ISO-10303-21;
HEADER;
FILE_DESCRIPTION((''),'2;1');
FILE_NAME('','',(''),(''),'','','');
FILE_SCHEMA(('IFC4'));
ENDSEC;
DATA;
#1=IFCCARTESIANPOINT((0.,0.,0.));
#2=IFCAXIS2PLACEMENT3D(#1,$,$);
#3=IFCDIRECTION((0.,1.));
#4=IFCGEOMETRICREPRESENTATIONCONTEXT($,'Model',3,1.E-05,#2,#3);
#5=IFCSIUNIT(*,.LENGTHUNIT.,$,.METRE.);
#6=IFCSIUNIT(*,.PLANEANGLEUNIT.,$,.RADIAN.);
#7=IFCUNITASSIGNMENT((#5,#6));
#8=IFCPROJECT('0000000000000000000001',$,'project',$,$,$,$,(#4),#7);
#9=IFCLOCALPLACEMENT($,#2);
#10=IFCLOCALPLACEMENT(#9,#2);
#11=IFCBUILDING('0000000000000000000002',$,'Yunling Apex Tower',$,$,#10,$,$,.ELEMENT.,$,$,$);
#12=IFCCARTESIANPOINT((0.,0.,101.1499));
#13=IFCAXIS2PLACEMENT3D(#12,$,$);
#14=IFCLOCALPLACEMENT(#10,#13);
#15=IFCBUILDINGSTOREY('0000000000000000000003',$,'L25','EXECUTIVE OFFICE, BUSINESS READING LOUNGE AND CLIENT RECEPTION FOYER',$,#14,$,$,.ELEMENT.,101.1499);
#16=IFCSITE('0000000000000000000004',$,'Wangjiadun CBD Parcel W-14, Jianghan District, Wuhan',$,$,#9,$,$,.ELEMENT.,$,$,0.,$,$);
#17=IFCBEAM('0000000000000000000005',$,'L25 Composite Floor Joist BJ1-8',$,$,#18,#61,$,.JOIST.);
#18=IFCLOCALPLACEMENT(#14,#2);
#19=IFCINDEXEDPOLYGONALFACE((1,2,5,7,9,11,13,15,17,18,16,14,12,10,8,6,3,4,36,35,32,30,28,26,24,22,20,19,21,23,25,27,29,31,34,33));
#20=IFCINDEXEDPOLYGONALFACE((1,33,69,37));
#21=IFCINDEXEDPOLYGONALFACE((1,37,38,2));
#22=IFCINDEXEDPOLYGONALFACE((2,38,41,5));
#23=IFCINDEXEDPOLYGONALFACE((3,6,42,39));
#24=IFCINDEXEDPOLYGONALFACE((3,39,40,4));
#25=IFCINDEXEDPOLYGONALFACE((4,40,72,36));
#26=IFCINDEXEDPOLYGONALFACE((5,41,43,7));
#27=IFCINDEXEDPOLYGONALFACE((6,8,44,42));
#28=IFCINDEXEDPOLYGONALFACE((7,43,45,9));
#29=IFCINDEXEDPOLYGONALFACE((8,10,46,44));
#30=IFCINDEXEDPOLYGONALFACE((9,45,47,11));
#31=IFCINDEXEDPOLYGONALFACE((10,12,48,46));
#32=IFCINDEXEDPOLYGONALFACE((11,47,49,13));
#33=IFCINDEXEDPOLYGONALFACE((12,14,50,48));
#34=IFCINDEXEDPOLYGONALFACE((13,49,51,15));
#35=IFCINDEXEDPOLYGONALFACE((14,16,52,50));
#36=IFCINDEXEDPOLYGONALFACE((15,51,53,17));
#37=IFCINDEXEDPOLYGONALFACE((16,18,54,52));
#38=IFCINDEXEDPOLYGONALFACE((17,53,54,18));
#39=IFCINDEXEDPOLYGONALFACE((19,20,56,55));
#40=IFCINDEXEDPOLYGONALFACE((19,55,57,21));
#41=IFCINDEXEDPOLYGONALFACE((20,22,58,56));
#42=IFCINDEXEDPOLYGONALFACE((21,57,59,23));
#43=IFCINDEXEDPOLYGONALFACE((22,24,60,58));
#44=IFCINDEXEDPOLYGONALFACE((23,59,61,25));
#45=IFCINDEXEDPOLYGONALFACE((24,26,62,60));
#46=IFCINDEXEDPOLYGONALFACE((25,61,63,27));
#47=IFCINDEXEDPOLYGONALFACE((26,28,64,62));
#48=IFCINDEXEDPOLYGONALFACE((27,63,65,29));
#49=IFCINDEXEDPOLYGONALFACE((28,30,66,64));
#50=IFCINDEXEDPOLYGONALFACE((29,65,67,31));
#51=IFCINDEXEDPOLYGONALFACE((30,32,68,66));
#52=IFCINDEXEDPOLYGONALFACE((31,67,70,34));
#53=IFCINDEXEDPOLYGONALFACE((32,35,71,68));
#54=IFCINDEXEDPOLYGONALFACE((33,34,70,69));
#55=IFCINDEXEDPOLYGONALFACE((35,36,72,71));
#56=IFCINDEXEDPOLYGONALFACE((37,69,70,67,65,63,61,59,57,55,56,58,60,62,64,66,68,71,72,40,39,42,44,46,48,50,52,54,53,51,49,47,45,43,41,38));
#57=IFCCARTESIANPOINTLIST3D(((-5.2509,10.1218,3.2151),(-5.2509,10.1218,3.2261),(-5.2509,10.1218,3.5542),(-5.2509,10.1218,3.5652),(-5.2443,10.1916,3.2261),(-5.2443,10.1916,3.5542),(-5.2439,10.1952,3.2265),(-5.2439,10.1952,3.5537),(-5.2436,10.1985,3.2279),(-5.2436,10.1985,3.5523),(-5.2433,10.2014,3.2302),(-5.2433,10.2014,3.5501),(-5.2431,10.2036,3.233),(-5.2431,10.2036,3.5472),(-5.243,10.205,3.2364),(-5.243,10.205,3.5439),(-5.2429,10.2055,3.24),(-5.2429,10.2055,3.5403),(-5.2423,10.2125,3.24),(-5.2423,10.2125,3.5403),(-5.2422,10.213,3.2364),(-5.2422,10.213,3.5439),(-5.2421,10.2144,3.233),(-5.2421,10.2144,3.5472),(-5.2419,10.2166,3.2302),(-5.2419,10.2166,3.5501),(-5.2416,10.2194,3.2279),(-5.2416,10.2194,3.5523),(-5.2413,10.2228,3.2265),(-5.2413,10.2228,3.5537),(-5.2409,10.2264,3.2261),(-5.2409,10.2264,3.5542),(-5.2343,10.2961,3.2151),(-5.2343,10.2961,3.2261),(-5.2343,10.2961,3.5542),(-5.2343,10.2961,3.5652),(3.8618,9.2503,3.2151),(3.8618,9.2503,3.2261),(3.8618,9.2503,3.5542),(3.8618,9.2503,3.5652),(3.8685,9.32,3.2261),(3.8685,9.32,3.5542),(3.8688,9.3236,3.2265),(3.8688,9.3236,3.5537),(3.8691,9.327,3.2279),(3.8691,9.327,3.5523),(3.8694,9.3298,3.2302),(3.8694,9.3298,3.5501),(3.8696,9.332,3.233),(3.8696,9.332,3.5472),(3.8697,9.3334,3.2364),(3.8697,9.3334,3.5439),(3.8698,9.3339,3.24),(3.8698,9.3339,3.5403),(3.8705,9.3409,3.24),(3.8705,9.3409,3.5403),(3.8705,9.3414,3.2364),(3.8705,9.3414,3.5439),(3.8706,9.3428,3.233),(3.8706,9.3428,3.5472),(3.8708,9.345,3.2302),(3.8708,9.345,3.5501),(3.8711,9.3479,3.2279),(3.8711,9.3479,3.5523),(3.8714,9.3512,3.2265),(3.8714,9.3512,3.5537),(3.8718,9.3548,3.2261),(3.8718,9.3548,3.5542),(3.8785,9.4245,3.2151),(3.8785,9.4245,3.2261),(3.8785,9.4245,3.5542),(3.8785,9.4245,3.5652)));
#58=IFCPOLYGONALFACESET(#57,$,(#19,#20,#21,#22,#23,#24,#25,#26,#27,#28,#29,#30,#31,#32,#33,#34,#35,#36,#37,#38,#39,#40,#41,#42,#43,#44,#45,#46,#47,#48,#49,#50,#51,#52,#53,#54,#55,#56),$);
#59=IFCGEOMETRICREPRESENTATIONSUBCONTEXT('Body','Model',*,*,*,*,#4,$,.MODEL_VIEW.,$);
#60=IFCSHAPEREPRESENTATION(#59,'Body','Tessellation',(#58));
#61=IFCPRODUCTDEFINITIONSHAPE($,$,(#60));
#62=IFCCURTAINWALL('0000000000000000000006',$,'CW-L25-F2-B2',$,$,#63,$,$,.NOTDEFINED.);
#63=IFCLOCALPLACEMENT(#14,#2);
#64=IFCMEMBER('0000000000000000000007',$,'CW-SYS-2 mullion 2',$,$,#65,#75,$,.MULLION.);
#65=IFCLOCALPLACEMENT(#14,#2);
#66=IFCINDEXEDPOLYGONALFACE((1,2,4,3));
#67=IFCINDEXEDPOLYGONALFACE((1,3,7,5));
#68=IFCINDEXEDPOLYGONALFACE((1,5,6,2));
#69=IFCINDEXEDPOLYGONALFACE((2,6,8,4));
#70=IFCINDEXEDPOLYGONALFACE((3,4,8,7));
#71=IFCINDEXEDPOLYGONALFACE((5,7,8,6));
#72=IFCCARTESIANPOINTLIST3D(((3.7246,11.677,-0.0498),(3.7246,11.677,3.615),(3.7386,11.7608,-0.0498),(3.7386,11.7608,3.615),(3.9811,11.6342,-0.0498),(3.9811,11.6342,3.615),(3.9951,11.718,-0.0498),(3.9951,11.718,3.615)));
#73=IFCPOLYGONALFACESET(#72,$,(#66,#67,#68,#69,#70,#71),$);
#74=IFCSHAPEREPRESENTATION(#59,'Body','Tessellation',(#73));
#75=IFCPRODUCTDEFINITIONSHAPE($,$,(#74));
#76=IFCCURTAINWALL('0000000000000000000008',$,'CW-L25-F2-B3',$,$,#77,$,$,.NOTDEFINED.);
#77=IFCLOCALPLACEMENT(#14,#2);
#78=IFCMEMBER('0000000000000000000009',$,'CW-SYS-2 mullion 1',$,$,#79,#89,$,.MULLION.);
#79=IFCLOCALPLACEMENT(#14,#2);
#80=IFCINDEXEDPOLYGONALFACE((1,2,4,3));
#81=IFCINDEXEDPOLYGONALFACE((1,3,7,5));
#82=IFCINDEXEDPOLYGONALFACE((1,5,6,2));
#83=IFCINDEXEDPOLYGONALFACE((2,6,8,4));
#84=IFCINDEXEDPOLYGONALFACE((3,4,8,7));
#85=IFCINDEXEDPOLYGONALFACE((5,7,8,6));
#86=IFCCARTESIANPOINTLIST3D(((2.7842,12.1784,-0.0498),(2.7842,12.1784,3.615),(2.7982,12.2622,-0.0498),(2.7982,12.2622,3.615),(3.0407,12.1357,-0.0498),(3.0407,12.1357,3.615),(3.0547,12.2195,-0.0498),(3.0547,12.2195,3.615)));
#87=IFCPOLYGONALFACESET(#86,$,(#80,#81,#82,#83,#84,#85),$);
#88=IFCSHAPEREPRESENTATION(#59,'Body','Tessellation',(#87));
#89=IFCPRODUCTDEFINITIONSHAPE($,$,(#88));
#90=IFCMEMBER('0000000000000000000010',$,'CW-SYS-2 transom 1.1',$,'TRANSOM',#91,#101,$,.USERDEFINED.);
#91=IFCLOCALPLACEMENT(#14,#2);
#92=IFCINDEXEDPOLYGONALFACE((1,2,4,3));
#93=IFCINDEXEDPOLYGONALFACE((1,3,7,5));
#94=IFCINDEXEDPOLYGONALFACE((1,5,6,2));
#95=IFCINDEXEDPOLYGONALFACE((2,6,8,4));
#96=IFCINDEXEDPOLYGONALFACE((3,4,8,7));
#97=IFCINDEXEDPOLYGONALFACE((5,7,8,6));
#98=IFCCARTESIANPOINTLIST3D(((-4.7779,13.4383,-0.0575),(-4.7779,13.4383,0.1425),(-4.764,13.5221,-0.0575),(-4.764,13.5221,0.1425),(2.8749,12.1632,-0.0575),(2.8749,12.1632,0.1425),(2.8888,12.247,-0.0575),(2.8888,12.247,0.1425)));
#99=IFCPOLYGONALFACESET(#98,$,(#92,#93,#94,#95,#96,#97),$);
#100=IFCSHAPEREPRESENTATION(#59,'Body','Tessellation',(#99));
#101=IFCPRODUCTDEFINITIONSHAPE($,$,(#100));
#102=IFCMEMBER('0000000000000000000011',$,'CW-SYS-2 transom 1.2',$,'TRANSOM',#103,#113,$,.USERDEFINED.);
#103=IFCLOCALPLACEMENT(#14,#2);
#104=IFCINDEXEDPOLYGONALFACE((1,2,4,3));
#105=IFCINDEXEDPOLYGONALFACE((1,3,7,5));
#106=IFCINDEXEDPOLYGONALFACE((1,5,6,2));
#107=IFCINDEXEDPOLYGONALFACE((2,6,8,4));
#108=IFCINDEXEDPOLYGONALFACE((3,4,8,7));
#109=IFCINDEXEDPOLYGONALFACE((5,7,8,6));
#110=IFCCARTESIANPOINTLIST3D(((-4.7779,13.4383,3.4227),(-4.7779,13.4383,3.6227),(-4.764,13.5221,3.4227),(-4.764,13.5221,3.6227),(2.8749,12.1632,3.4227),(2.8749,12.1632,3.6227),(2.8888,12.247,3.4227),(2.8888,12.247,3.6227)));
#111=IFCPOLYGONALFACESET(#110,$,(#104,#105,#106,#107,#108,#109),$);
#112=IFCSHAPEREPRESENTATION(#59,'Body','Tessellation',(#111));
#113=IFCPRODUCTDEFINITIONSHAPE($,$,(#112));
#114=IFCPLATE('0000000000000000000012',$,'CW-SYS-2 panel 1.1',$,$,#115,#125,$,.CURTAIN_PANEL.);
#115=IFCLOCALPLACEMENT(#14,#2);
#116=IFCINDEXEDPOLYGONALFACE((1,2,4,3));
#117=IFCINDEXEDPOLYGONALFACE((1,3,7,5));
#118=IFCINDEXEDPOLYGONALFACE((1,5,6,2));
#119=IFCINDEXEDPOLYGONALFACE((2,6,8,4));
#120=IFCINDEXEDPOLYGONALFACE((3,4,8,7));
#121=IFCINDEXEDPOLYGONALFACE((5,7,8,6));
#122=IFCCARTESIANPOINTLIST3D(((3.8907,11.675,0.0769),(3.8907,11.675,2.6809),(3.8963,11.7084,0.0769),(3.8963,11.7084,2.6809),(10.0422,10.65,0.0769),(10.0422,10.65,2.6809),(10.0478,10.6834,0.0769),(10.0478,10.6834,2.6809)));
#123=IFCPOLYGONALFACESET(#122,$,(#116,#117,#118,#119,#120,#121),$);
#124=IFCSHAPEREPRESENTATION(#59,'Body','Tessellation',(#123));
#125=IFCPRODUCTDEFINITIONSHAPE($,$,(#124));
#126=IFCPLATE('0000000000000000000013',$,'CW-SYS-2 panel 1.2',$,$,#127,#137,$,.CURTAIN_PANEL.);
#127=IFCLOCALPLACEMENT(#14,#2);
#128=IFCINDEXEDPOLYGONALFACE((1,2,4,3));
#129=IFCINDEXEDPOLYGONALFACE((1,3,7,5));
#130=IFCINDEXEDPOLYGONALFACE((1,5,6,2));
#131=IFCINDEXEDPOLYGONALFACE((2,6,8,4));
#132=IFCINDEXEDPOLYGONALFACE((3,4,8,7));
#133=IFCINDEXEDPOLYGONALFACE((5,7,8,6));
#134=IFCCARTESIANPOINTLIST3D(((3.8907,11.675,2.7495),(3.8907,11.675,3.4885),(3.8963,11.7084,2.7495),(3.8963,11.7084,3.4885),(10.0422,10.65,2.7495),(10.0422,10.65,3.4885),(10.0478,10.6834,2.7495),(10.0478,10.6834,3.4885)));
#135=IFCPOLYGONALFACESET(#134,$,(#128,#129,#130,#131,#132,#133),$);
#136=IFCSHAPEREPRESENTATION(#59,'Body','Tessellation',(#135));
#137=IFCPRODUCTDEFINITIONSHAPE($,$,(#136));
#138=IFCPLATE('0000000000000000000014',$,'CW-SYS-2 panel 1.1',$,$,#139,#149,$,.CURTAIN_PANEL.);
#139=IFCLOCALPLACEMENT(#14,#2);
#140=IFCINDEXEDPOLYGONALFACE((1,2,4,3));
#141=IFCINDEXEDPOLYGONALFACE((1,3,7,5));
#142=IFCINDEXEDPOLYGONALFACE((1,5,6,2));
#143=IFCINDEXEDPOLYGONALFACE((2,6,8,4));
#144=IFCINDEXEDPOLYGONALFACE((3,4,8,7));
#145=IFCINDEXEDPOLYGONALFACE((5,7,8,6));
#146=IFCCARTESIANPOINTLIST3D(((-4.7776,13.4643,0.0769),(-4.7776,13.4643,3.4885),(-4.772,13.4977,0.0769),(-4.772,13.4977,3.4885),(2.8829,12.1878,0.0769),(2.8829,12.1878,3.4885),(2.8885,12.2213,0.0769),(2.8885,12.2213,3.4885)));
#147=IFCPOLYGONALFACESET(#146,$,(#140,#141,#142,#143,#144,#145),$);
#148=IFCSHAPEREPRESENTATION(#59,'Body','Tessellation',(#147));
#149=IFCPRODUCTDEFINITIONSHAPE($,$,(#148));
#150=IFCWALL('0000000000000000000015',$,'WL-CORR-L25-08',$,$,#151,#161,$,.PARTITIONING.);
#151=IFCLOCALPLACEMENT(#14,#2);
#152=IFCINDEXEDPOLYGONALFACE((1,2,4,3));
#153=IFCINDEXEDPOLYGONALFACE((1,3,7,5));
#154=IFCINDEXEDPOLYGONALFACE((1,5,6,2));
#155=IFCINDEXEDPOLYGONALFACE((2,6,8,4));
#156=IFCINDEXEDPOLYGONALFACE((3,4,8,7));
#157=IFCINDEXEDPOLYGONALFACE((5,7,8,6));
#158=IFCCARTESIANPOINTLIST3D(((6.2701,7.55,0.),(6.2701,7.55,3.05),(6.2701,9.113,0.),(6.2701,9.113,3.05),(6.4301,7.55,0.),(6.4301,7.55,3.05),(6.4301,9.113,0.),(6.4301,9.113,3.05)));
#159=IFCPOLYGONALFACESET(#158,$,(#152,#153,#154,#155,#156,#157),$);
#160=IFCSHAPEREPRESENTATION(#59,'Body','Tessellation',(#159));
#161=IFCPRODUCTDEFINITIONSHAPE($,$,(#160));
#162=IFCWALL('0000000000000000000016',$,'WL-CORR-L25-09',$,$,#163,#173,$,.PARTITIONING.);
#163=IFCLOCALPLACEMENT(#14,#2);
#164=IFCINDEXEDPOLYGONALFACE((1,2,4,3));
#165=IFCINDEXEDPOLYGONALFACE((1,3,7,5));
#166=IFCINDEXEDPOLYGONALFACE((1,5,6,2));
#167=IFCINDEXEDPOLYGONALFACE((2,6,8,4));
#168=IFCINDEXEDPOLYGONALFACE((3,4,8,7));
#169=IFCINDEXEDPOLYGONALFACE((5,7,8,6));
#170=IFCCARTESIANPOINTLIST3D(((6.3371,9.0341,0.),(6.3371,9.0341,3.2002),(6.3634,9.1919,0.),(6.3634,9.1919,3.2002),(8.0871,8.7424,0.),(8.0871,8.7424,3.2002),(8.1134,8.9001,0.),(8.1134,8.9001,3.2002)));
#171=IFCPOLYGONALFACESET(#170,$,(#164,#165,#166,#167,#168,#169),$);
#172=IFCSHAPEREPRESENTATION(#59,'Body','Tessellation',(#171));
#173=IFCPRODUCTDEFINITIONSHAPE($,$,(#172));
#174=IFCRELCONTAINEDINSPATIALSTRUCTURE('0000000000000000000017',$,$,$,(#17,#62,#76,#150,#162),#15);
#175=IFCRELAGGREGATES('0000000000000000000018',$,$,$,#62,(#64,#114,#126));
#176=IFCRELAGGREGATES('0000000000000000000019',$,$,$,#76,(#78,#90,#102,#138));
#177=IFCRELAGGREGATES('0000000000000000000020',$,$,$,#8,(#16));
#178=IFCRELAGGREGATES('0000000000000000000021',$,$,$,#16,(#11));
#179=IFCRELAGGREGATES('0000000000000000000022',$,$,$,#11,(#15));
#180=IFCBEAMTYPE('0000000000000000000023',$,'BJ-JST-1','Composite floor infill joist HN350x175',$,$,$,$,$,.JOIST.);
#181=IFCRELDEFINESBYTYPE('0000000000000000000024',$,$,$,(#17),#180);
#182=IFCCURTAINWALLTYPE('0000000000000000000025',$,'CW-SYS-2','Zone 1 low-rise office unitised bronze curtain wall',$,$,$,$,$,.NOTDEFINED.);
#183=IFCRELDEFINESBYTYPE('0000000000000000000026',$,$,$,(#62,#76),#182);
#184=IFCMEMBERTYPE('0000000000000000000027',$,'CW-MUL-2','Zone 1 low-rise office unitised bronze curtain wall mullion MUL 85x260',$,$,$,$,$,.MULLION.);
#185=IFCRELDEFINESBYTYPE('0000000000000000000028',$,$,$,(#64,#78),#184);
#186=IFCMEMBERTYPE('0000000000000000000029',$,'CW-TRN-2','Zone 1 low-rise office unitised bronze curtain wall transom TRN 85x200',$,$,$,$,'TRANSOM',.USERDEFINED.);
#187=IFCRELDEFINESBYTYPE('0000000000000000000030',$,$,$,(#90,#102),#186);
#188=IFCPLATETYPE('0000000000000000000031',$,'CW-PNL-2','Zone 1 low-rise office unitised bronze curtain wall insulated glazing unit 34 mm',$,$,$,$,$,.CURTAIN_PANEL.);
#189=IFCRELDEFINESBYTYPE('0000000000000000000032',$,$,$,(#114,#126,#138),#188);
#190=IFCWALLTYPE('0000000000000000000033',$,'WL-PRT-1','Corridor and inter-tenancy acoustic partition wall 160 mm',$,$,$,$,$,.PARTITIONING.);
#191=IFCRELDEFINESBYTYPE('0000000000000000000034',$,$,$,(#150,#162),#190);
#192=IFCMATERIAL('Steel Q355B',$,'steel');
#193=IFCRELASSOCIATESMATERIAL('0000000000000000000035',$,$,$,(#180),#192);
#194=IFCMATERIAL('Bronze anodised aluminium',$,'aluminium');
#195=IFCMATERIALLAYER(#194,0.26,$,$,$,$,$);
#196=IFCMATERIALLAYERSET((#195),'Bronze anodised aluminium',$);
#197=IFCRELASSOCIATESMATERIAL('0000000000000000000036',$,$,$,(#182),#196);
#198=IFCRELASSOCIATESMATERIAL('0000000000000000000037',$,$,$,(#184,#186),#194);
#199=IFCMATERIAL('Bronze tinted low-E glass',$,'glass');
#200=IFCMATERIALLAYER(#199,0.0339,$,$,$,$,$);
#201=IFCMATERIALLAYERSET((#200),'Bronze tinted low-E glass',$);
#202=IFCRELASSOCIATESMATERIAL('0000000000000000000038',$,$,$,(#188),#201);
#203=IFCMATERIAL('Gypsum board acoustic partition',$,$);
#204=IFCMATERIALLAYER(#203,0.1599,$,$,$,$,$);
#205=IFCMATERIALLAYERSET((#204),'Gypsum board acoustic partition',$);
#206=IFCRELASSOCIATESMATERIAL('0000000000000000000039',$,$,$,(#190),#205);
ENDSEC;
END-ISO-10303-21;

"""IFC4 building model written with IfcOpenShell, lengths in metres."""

from ifc_helpers import new_model, si_unit, direction, frame, frame_2d, origin, origin_2d, place, context, subcontext, project, spatial, rectangle, i_section, extrude, source, transform, mapped, material, layer, layer_set, material_profile, profile_set, type_object, element, aggregate, save


model = new_model("IFC4")

# Units and contexts
model_context = context("Model", 3, precision=1e-05, world=origin(), true_north=direction((0.0, 1.0)))
body_context = subcontext(model_context, "Body", "Model", "MODEL_VIEW")
ifc_project = project(units=[si_unit("LENGTHUNIT", "METRE"), si_unit("PLANEANGLEUNIT", "RADIAN")], contexts=[model_context])

# Site, building, storey
site_placement = place(None, origin())
site = spatial("IfcSite", under=ifc_project, at=site_placement, Name="Wangjiadun CBD Parcel W-14, Jianghan District, Wuhan", CompositionType="ELEMENT", RefElevation=0.0)
building_placement = place(site_placement, origin())
building = spatial("IfcBuilding", under=site, at=building_placement, Name="Yunling Apex Tower", CompositionType="ELEMENT")
storey_placement = place(building_placement, frame((0.0, 0.0, 101.1499)))
storey = spatial("IfcBuildingStorey", under=building, at=storey_placement, Name="L25", Description="EXECUTIVE OFFICE, BUSINESS READING LOUNGE AND CLIENT RECEPTION FOYER", CompositionType="ELEMENT", Elevation=101.1499)

# Beam
ifc_material_1 = material(Name="Steel Q355B", Category="steel")
ifc_material_profile_1 = material_profile(ifc_material_1, i_section(OverallWidth=0.175, OverallDepth=0.3501, WebThickness=0.0071, FlangeThickness=0.011, FilletRadius=0.0139, at=origin_2d()))
ifc_profile_set_1 = profile_set([ifc_material_profile_1], Name="Steel Q355B")
beam_type_1 = type_object("IfcBeamType", Name="BJ-JST-1", Description="Composite floor infill joist HN350x175", PredefinedType="JOIST", material=ifc_profile_set_1)
shared_shape_1 = source(origin(), body_context, "Body", "SweptSolid", [
    extrude(i_section(OverallWidth=0.175, OverallDepth=0.3501, WebThickness=0.0071, FlangeThickness=0.011, FilletRadius=0.0139, at=origin_2d()), origin(), (0.0, 0.0, 1.0), 9.1543),
])
beam_1_placement = place(storey_placement, frame((3.8701, 9.3374, 3.3901), z_axis=(-0.995457, 0.095209, 0.0), x_axis=(-0.095209, -0.995457, 0.0)))
element("IfcBeam", 1, at=beam_1_placement, inside=storey, type_object=beam_type_1, Name="L25 Composite Floor Joist BJ1-8", PredefinedType="JOIST", context=body_context, shape_type="MappedRepresentation", body=[
    mapped(shared_shape_1, transform((0.0, 0.0, 0.0), scale=1.0)),
])

# Curtain wall, member
ifc_material_2 = material(Name="Bronze anodised aluminium", Category="aluminium")
ifc_layer_1 = layer(ifc_material_2, 0.26)
ifc_layer_set_1 = layer_set([ifc_layer_1], Name="Bronze anodised aluminium")
curtain_wall_type = type_object("IfcCurtainWallType", Name="CW-SYS-2", Description="Zone 1 low-rise office unitised bronze curtain wall", PredefinedType="NOTDEFINED", material=ifc_layer_set_1)
curtain_wall_1_placement = place(storey_placement, origin())
curtain_wall_1 = element("IfcCurtainWall", 2, at=curtain_wall_1_placement, inside=storey, type_object=curtain_wall_type, Name="CW-L25-F2-B2", PredefinedType="NOTDEFINED")
ifc_material_profile_2 = material_profile(ifc_material_2, rectangle(XDim=0.085, YDim=0.26, at=origin_2d()))
ifc_profile_set_2 = profile_set([ifc_material_profile_2], Name="Bronze anodised aluminium")
member_type_1 = type_object("IfcMemberType", Name="CW-MUL-2", Description="Zone 1 low-rise office unitised bronze curtain wall mullion MUL 85x260", PredefinedType="MULLION", material=ifc_profile_set_2)
shared_shape_2 = source(origin(), body_context, "Body", "SweptSolid", [
    extrude(rectangle(XDim=0.085, YDim=0.26, at=origin_2d()), origin(), (0.0, 0.0, 1.0), 3.6648),
])
member_1_placement = place(storey_placement, frame((3.8599, 11.6975, -0.0498), z_axis=(0.0, 0.0, 1.0), x_axis=(-0.164356, -0.986401, 0.0)))
member_1 = element("IfcMember", 3, at=member_1_placement, type_object=member_type_1, Name="CW-SYS-2 mullion 2", PredefinedType="MULLION", context=body_context, shape_type="MappedRepresentation", body=[
    mapped(shared_shape_2, transform((0.0, 0.0, 0.0), scale=1.0)),
])

# Curtain wall, members
curtain_wall_2_placement = place(storey_placement, origin())
curtain_wall_2 = element("IfcCurtainWall", 4, at=curtain_wall_2_placement, inside=storey, type_object=curtain_wall_type, Name="CW-L25-F2-B3", PredefinedType="NOTDEFINED")
member_2_placement = place(storey_placement, frame((2.9194, 12.199, -0.0498), z_axis=(0.0, 0.0, 1.0), x_axis=(-0.164362, -0.9864, 0.0)))
member_2 = element("IfcMember", 5, at=member_2_placement, type_object=member_type_1, Name="CW-SYS-2 mullion 1", PredefinedType="MULLION", context=body_context, shape_type="MappedRepresentation", body=[
    mapped(shared_shape_2, transform((0.0, 0.0, 0.0), scale=1.0)),
])
ifc_material_profile_3 = material_profile(ifc_material_2, rectangle(XDim=0.085, YDim=0.2, at=origin_2d()))
ifc_profile_set_3 = profile_set([ifc_material_profile_3], Name="Bronze anodised aluminium")
member_type_2 = type_object("IfcMemberType", Name="CW-TRN-2", Description="Zone 1 low-rise office unitised bronze curtain wall transom TRN 85x200", ElementType="TRANSOM", PredefinedType="USERDEFINED", material=ifc_profile_set_3)
shared_shape_3 = source(origin(), body_context, "Body", "SweptSolid", [
    extrude(rectangle(XDim=0.085, YDim=0.2, at=origin_2d()), origin(), (0.0, 0.0, 1.0), 7.7583),
])
member_3_placement = place(storey_placement, frame((2.8818, 12.2051, 0.0425), z_axis=(-0.986401, 0.164358, 0.0), x_axis=(-0.164358, -0.986401, 0.0)))
member_3 = element("IfcMember", 6, at=member_3_placement, type_object=member_type_2, Name="CW-SYS-2 transom 1.1", ObjectType="TRANSOM", PredefinedType="USERDEFINED", context=body_context, shape_type="MappedRepresentation", body=[
    mapped(shared_shape_3, transform((0.0, 0.0, 0.0), scale=1.0)),
])
member_4_placement = place(storey_placement, frame((2.8818, 12.2051, 3.5227), z_axis=(-0.986401, 0.164358, 0.0), x_axis=(-0.164358, -0.986401, 0.0)))
member_4 = element("IfcMember", 7, at=member_4_placement, type_object=member_type_2, Name="CW-SYS-2 transom 1.2", ObjectType="TRANSOM", PredefinedType="USERDEFINED", context=body_context, shape_type="MappedRepresentation", body=[
    mapped(shared_shape_3, transform((0.0, 0.0, 0.0), scale=1.0)),
])

# Plates
ifc_material_3 = material(Name="Bronze tinted low-E glass", Category="glass")
ifc_layer_2 = layer(ifc_material_3, 0.0339)
ifc_layer_set_2 = layer_set([ifc_layer_2], Name="Bronze tinted low-E glass")
plate_type = type_object("IfcPlateType", Name="CW-PNL-2", Description="Zone 1 low-rise office unitised bronze curtain wall insulated glazing unit 34 mm", PredefinedType="CURTAIN_PANEL", material=ifc_layer_set_2)
shared_shape_4 = source(origin(), body_context, "Body", "SweptSolid", [
    extrude(rectangle(XDim=6.2363, YDim=0.0339, at=origin_2d()), origin(), (0.0, 0.0, 1.0), 2.604),
])
plate_1_placement = place(storey_placement, frame((6.9692, 11.1792, 0.0769), z_axis=(0.0, 0.0, 1.0), x_axis=(-0.986401, 0.164356, 0.0)))
plate_1 = element("IfcPlate", 8, at=plate_1_placement, type_object=plate_type, Name="CW-SYS-2 panel 1.1", PredefinedType="CURTAIN_PANEL", context=body_context, shape_type="MappedRepresentation", body=[
    mapped(shared_shape_4, transform((0.0, 0.0, 0.0), scale=1.0)),
])
shared_shape_5 = source(origin(), body_context, "Body", "SweptSolid", [
    extrude(rectangle(XDim=6.2363, YDim=0.0339, at=origin_2d()), origin(), (0.0, 0.0, 1.0), 0.739),
])
plate_2_placement = place(storey_placement, frame((6.9692, 11.1792, 2.7495), z_axis=(0.0, 0.0, 1.0), x_axis=(-0.986401, 0.164356, 0.0)))
plate_2 = element("IfcPlate", 9, at=plate_2_placement, type_object=plate_type, Name="CW-SYS-2 panel 1.2", PredefinedType="CURTAIN_PANEL", context=body_context, shape_type="MappedRepresentation", body=[
    mapped(shared_shape_5, transform((0.0, 0.0, 0.0), scale=1.0)),
])
aggregate(curtain_wall_1, [member_1, plate_1, plate_2])
shared_shape_6 = source(origin(), body_context, "Body", "SweptSolid", [
    extrude(rectangle(XDim=7.7661, YDim=0.0339, at=origin_2d()), origin(), (0.0, 0.0, 1.0), 3.4116),
])
plate_3_placement = place(storey_placement, frame((-0.9446, 12.8428, 0.0769), z_axis=(0.0, 0.0, 1.0), x_axis=(-0.9864, 0.164362, 0.0)))
plate_3 = element("IfcPlate", 10, at=plate_3_placement, type_object=plate_type, Name="CW-SYS-2 panel 1.1", PredefinedType="CURTAIN_PANEL", context=body_context, shape_type="MappedRepresentation", body=[
    mapped(shared_shape_6, transform((0.0, 0.0, 0.0), scale=1.0)),
])
aggregate(curtain_wall_2, [member_2, member_3, member_4, plate_3])

# Walls
ifc_material_4 = material(Name="Gypsum board acoustic partition")
ifc_layer_3 = layer(ifc_material_4, 0.1599)
ifc_layer_set_3 = layer_set([ifc_layer_3], Name="Gypsum board acoustic partition")
wall_type_1 = type_object("IfcWallType", Name="WL-PRT-1", Description="Corridor and inter-tenancy acoustic partition wall 160 mm", PredefinedType="PARTITIONING", material=ifc_layer_set_3)
wall_1_placement = place(storey_placement, frame((6.3501, 7.55, 0.0), z_axis=(0.0, 0.0, 1.0), x_axis=(0.0, 1.0, 0.0)))
element("IfcWall", 11, at=wall_1_placement, inside=storey, type_object=wall_type_1, Name="WL-CORR-L25-08", PredefinedType="PARTITIONING", context=body_context, shape_type="SweptSolid", body=[
    extrude(rectangle(XDim=1.563, YDim=0.1599, at=frame_2d((0.7815, 0.0))), origin(), (0.0, 0.0, 1.0), 3.05),
])
wall_2_placement = place(storey_placement, frame((6.3501, 9.113, 0.0), z_axis=(0.0, 0.0, 1.0), x_axis=(0.986386, -0.164444, 0.0)))
element("IfcWall", 12, at=wall_2_placement, inside=storey, type_object=wall_type_1, Name="WL-CORR-L25-09", PredefinedType="PARTITIONING", context=body_context, shape_type="SweptSolid", body=[
    extrude(rectangle(XDim=1.7742, YDim=0.1599, at=frame_2d((0.8872, 0.0))), origin(), (0.0, 0.0, 1.0), 3.2002),
])

save(model, "model.ifc")
